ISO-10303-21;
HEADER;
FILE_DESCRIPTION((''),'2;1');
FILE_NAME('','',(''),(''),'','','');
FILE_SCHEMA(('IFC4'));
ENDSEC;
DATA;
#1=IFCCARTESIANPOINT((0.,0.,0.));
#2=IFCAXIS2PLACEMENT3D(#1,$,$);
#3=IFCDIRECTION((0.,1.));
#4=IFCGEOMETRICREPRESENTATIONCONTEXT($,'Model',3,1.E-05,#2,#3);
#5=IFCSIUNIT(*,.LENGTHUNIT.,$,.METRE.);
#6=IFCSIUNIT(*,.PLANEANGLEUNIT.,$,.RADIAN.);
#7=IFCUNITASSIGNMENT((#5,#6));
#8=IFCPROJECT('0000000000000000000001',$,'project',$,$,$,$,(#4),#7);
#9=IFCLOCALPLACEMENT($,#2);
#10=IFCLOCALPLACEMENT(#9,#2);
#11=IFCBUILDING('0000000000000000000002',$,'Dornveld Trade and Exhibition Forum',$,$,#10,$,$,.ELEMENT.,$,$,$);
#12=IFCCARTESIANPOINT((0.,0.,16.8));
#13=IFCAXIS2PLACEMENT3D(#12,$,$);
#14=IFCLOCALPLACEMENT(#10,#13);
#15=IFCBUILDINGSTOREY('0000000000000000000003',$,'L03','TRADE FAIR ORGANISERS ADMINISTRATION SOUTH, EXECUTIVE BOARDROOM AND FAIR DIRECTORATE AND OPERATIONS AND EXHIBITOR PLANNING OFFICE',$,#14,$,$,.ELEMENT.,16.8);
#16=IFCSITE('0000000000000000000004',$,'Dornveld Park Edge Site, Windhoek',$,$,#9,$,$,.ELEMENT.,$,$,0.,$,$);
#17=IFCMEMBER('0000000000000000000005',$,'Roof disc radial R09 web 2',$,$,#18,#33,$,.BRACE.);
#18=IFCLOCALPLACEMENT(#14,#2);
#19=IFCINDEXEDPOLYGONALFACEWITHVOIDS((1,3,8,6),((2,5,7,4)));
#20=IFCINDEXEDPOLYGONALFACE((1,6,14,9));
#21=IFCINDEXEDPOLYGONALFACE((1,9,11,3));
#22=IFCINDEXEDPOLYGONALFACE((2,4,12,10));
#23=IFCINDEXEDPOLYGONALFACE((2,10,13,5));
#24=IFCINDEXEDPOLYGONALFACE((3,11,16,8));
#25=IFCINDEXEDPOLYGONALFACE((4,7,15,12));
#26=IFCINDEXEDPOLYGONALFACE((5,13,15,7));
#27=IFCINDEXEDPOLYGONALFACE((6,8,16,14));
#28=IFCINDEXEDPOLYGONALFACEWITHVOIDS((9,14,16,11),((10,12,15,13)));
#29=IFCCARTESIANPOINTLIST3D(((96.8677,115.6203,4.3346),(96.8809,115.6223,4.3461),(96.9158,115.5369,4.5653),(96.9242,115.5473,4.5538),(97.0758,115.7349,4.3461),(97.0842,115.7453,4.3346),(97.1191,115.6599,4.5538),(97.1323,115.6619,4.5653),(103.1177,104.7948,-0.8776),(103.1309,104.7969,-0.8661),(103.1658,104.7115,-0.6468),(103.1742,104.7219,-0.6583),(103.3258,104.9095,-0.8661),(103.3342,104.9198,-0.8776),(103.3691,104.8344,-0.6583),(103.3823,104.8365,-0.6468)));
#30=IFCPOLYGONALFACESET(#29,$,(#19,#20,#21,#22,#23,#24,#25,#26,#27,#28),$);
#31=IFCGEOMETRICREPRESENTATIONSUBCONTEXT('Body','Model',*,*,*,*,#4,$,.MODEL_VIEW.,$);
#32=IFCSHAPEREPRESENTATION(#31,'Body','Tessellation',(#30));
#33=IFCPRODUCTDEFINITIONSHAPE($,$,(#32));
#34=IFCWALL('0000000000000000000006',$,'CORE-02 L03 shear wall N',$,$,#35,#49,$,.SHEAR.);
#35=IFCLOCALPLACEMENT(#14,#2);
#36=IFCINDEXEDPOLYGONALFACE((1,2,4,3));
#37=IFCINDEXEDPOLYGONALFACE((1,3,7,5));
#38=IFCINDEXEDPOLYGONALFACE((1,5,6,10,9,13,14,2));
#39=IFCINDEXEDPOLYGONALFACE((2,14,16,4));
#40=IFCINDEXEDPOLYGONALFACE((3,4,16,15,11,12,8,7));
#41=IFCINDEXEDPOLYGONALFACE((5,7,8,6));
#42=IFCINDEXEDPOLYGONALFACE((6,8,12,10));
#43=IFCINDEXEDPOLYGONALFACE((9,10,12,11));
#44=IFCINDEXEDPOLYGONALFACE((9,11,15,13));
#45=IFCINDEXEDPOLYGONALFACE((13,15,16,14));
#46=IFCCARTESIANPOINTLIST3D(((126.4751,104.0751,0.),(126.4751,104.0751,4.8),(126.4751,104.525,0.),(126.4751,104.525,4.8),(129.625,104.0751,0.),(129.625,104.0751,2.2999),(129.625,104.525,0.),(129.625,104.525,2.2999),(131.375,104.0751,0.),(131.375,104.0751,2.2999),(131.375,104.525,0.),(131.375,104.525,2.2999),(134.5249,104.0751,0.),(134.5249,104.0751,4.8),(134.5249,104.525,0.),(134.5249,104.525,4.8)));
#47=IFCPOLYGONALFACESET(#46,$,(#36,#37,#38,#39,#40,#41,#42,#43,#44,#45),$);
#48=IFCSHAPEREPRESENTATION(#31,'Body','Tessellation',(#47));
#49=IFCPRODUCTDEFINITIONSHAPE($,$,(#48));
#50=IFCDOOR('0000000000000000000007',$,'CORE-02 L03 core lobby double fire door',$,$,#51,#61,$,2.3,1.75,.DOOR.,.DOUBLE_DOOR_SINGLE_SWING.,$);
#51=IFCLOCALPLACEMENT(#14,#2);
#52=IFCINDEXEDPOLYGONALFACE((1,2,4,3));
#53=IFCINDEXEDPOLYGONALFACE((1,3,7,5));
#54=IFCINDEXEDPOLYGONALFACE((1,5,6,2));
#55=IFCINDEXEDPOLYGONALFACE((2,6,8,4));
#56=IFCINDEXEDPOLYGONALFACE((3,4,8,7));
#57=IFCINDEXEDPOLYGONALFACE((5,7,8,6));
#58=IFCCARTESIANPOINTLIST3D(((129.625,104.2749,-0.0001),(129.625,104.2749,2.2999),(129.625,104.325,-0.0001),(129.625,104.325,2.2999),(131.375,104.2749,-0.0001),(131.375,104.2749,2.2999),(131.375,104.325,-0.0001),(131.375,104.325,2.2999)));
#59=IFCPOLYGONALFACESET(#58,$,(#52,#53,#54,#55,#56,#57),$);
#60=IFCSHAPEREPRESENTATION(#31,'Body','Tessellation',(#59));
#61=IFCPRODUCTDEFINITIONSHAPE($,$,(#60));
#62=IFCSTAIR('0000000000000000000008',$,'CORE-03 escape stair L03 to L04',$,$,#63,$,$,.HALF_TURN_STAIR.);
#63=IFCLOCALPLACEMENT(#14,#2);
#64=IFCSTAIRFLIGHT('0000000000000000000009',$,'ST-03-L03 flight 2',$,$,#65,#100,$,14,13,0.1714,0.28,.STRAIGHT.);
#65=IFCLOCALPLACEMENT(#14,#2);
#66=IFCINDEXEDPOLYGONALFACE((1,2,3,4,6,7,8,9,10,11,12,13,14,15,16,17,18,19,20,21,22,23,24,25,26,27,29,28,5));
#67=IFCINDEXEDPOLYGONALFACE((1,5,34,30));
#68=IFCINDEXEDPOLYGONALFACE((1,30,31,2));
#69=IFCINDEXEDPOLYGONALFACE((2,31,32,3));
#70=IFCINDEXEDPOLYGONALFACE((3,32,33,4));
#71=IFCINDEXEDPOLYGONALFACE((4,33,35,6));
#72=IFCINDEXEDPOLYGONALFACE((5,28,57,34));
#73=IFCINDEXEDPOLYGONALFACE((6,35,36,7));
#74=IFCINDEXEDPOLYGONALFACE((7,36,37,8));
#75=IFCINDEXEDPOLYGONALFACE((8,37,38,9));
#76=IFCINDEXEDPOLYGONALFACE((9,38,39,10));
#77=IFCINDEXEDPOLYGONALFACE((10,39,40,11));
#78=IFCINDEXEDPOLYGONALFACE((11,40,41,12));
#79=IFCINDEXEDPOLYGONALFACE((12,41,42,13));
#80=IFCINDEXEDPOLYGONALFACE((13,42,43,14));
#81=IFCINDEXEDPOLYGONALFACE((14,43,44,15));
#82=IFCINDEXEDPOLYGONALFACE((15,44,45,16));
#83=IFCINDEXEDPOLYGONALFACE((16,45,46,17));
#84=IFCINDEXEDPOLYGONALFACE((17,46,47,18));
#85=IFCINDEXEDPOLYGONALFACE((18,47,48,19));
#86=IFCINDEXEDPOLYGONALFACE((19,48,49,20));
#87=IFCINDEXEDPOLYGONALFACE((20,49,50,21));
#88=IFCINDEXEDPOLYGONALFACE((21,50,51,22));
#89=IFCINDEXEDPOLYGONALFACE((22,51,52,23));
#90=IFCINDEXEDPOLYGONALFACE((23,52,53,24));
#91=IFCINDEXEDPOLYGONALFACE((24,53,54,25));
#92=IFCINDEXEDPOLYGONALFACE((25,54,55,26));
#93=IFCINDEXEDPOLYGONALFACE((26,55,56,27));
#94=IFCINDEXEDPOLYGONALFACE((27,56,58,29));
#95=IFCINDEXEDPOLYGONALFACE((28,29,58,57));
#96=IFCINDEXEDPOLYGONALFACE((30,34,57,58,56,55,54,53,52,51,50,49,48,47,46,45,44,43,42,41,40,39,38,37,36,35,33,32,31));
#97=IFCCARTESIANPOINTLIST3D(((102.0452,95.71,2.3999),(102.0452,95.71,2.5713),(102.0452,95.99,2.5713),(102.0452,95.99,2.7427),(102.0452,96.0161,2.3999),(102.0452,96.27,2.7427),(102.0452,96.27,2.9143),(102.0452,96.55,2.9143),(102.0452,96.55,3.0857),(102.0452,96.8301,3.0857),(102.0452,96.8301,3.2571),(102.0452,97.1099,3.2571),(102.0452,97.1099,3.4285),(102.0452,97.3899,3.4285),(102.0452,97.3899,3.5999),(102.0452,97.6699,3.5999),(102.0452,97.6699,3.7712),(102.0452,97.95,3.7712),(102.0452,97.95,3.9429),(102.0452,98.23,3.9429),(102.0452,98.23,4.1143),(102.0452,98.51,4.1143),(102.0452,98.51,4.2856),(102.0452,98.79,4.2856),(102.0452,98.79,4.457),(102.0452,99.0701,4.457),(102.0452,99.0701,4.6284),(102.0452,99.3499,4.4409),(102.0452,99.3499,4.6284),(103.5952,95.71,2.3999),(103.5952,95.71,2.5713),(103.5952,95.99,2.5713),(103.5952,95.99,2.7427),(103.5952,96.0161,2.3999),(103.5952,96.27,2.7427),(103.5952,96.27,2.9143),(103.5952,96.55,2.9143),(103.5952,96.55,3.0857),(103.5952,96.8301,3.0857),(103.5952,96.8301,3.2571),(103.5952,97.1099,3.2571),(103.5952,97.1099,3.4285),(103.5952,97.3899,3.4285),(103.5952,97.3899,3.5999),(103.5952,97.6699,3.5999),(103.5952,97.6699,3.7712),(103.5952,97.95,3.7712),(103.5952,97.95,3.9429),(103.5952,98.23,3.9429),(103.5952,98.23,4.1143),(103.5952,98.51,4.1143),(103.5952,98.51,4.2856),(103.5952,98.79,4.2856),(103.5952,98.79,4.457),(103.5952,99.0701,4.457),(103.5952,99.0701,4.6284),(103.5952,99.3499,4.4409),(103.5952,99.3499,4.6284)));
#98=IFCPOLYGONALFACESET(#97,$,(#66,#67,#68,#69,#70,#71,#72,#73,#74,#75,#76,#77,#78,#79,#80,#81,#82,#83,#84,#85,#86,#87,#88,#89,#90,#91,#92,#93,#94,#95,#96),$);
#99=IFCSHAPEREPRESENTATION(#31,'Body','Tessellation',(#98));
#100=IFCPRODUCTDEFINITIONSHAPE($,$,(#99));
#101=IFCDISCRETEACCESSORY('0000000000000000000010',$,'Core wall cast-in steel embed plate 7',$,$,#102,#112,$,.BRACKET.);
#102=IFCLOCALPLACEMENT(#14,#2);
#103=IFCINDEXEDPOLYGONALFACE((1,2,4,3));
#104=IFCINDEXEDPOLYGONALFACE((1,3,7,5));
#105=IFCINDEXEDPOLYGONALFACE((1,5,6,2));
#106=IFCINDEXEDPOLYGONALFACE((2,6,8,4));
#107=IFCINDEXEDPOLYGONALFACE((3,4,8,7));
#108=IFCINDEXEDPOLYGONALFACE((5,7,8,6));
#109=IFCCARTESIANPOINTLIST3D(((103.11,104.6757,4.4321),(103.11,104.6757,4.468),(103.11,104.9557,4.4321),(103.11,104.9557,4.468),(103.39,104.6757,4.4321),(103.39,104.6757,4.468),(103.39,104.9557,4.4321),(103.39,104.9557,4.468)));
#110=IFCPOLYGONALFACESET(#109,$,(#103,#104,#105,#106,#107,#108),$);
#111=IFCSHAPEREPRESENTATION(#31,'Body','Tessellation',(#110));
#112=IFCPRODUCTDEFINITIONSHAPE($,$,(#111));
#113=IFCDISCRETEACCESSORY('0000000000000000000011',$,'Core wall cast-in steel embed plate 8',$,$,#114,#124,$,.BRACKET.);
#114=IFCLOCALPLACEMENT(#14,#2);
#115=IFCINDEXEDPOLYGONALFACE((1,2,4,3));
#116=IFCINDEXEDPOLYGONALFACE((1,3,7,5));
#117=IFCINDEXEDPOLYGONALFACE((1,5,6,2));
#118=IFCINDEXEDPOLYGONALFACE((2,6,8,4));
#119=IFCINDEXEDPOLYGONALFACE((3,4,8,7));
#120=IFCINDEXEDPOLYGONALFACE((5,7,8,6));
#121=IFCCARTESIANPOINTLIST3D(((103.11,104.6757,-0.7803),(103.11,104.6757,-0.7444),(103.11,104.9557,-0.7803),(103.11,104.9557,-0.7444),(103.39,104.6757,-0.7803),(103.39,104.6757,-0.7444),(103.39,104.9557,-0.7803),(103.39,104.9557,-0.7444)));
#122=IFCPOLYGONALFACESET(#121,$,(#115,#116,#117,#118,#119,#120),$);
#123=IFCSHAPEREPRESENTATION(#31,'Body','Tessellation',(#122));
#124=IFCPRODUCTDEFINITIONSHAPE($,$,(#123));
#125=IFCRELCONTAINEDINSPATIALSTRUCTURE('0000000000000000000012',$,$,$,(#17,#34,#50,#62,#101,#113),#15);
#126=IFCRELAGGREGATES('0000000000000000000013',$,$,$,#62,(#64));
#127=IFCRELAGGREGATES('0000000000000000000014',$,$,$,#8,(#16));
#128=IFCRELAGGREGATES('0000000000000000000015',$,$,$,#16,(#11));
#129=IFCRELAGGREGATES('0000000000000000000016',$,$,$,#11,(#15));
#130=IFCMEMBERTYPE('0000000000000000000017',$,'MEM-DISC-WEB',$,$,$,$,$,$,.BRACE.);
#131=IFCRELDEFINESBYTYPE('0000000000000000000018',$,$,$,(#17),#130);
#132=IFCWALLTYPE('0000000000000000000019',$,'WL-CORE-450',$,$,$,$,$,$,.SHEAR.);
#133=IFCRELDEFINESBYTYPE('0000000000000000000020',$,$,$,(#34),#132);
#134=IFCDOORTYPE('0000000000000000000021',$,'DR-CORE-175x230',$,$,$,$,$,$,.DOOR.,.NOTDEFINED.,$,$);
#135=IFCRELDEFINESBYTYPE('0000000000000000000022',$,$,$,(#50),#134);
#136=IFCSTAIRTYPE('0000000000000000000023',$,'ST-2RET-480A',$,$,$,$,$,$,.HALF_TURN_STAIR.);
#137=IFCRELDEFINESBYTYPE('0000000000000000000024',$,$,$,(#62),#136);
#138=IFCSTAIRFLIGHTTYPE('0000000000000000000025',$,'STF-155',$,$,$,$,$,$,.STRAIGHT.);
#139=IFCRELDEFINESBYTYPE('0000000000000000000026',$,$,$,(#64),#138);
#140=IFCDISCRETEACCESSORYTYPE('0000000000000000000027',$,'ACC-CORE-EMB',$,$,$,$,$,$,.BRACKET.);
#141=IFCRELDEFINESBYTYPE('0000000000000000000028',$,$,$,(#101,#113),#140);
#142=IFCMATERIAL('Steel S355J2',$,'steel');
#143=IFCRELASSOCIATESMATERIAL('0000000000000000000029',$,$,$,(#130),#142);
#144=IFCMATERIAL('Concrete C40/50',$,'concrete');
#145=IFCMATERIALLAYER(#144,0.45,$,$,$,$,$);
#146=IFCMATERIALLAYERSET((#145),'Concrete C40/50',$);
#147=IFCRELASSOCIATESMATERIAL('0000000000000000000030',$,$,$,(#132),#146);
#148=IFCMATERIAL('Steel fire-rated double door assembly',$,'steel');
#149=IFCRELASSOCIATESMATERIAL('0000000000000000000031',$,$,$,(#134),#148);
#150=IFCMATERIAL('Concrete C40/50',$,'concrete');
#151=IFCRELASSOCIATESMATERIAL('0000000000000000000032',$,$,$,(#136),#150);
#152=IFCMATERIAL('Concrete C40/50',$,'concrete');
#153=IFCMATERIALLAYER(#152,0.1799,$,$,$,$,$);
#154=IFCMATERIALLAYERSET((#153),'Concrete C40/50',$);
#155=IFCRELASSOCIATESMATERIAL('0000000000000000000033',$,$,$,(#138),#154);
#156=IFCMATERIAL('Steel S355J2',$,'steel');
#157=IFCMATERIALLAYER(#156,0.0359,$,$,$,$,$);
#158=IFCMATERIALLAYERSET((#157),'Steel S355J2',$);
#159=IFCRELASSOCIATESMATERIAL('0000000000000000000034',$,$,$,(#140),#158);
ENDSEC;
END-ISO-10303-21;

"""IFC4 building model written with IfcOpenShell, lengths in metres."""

from ifc_helpers import new_model, si_unit, direction, frame, frame_2d, origin, origin_2d, place, context, subcontext, project, spatial, polyline, rectangle, hollow_rectangle, outline, extrude, material, layer, layer_set, material_profile, profile_set, type_object, element, fill, aggregate, save


model = new_model("IFC4")

# Units and contexts
model_context = context("Model", 3, precision=1e-05, world=origin(), true_north=direction((0.0, 1.0)))
body_context = subcontext(model_context, "Body", "Model", "MODEL_VIEW")
ifc_project = project(units=[si_unit("LENGTHUNIT", "METRE"), si_unit("PLANEANGLEUNIT", "RADIAN")], contexts=[model_context])

# Site, building, storey
site_placement = place(None, origin())
site = spatial("IfcSite", under=ifc_project, at=site_placement, Name="Dornveld Park Edge Site, Windhoek", CompositionType="ELEMENT", RefElevation=0.0)
building_placement = place(site_placement, origin())
building = spatial("IfcBuilding", under=site, at=building_placement, Name="Dornveld Trade and Exhibition Forum", CompositionType="ELEMENT")
storey_placement = place(building_placement, frame((0.0, 0.0, 16.8)))
storey = spatial("IfcBuildingStorey", under=building, at=storey_placement, Name="L03", Description="TRADE FAIR ORGANISERS ADMINISTRATION SOUTH, EXECUTIVE BOARDROOM AND FAIR DIRECTORATE AND OPERATIONS AND EXHIBITOR PLANNING OFFICE", CompositionType="ELEMENT", Elevation=16.8)

# Member
ifc_material_1 = material(Name="Steel S355J2", Category="steel")
ifc_material_profile_1 = material_profile(ifc_material_1, hollow_rectangle(XDim=0.25, YDim=0.25, WallThickness=0.0125, at=origin_2d()), Name="SHS 250x250x12.5")
ifc_profile_set_1 = profile_set([ifc_material_profile_1], Name="Steel S355J2")
member_type_1 = type_object("IfcMemberType", Name="MEM-DISC-WEB", PredefinedType="BRACE", material=ifc_profile_set_1)
member_1_placement = place(storey_placement, frame((103.25, 104.8157, -0.7622), z_axis=(-0.461485, 0.799324, 0.384853), x_axis=(-0.866028, -0.499996, 0.0)))
element("IfcMember", 1, at=member_1_placement, inside=storey, type_object=member_type_1, Name="Roof disc radial R09 web 2", PredefinedType="BRACE", context=body_context, shape_type="SweptSolid", body=[
    extrude(hollow_rectangle(XDim=0.25, YDim=0.25, WallThickness=0.0125, at=origin_2d()), origin(), (0.0, 0.0, 1.0), 13.5432),
])

# Wall, opening, door
ifc_material_2 = material(Name="Concrete C40/50", Category="concrete")
ifc_layer_1 = layer(ifc_material_2, 0.45)
ifc_layer_set_1 = layer_set([ifc_layer_1], Name="Concrete C40/50")
wall_type = type_object("IfcWallType", Name="WL-CORE-450", PredefinedType="SHEAR", material=ifc_layer_set_1)
wall_placement = place(storey_placement, frame((126.4751, 104.3, 0.0), z_axis=(0.0, 0.0, 1.0), x_axis=(1.0, 0.0, 0.0)))
wall = element("IfcWall", 2, at=wall_placement, inside=storey, type_object=wall_type, Name="CORE-02 L03 shear wall N", PredefinedType="SHEAR", context=body_context, shape_type="SweptSolid", body=[
    extrude(rectangle(XDim=8.0498, YDim=0.45, at=frame_2d((4.0249, 0.0))), origin(), (0.0, 0.0, 1.0), 4.8),
])
opening_placement = place(wall_placement, frame((3.1499, 0.0, 0.0)))
opening = element("IfcOpeningElement", 3, at=opening_placement, cuts=wall, PredefinedType="OPENING", context=body_context, shape_type="SweptSolid", body=[
    extrude(rectangle(XDim=1.75, YDim=2.3, at=frame_2d((0.875, 1.1499))), frame((0.0, 0.2349, 0.0), z_axis=(0.0, -1.0, 0.0), x_axis=(1.0, 0.0, 0.0)), (0.0, 0.0, 1.0), 0.47),
])
ifc_material_3 = material(Name="Steel fire-rated double door assembly", Category="steel")
door_type = type_object("IfcDoorType", Name="DR-CORE-175x230", OperationType="NOTDEFINED", PredefinedType="DOOR", material=ifc_material_3)
door_placement = place(opening_placement, origin())
door = element("IfcDoor", 4, at=door_placement, inside=storey, type_object=door_type, Name="CORE-02 L03 core lobby double fire door", OperationType="DOUBLE_DOOR_SINGLE_SWING", OverallHeight=2.3, OverallWidth=1.75, PredefinedType="DOOR", context=body_context, shape_type="SweptSolid", body=[
    extrude(rectangle(XDim=1.75, YDim=2.3, at=frame_2d((0.875, 1.1499))), frame((0.0, 0.0249, 0.0), z_axis=(0.0, -1.0, 0.0), x_axis=(1.0, 0.0, 0.0)), (0.0, 0.0, 1.0), 0.05),
])
fill(opening, door)

# Stair, stair flight
ifc_material_4 = material(Name="Concrete C40/50", Category="concrete")
stair_type = type_object("IfcStairType", Name="ST-2RET-480A", PredefinedType="HALF_TURN_STAIR", material=ifc_material_4)
stair_placement = place(storey_placement, origin())
stair = element("IfcStair", 5, at=stair_placement, inside=storey, type_object=stair_type, Name="CORE-03 escape stair L03 to L04", PredefinedType="HALF_TURN_STAIR")
ifc_material_5 = material(Name="Concrete C40/50", Category="concrete")
ifc_layer_2 = layer(ifc_material_5, 0.1799)
ifc_layer_set_2 = layer_set([ifc_layer_2], Name="Concrete C40/50")
stair_flight_type = type_object("IfcStairFlightType", Name="STF-155", PredefinedType="STRAIGHT", material=ifc_layer_set_2)
stair_flight_placement = place(storey_placement, frame((102.8201, 95.71, 2.3999), z_axis=(0.0, 0.0, 1.0), x_axis=(0.0, 1.0, 0.0)))
stair_flight = element("IfcStairFlight", 6, at=stair_flight_placement, type_object=stair_flight_type, Name="ST-03-L03 flight 2", NumberOfRisers=14, NumberOfTreads=13, PredefinedType="STRAIGHT", RiserHeight=0.1714, TreadLength=0.28, context=body_context, shape_type="SweptSolid", body=[
    extrude(outline(polyline([(0.0, 0.0), (0.0, 0.1714), (0.28, 0.1714), (0.28, 0.3428), (0.5601, 0.3428), (0.5601, 0.5144), (0.8401, 0.5144), (0.8401, 0.6858), (1.1201, 0.6858), (1.1201, 0.8572), (1.3999, 0.8572), (1.3999, 1.0286), (1.6799, 1.0286), (1.6799, 1.2), (1.96, 1.2), (1.96, 1.3713), (2.24, 1.3713), (2.24, 1.543), (2.52, 1.543), (2.52, 1.7144), (2.8, 1.7144), (2.8, 1.8857), (3.0801, 1.8857), (3.0801, 2.0571), (3.3601, 2.0571), (3.3601, 2.2285), (3.6399, 2.2285), (3.6399, 2.3999), (3.6399, 2.041), (0.3062, 0.0), (0.0, 0.0)])), frame((0.0, 0.7749, 0.0), z_axis=(0.0, -1.0, 0.0), x_axis=(1.0, 0.0, 0.0)), (0.0, 0.0, 1.0), 1.55),
])
aggregate(stair, [stair_flight])

# Discrete accessories
ifc_material_6 = material(Name="Steel S355J2", Category="steel")
ifc_layer_3 = layer(ifc_material_6, 0.0359)
ifc_layer_set_3 = layer_set([ifc_layer_3], Name="Steel S355J2")
discrete_accessory_type = type_object("IfcDiscreteAccessoryType", Name="ACC-CORE-EMB", PredefinedType="BRACKET", material=ifc_layer_set_3)
for number, where, z_axis, x_axis, name in (
    (7, (103.25, 104.8157, 4.4321), (0.0, 0.0, 1.0), (1.0, 0.0, 0.0), "Core wall cast-in steel embed plate 7"),
    (8, (103.25, 104.8157, -0.7803), (0.0, 0.0, 1.0), (1.0, 0.0, 0.0), "Core wall cast-in steel embed plate 8"),
):
    element("IfcDiscreteAccessory", number, at=place(storey_placement, frame(where, z_axis=z_axis, x_axis=x_axis)), inside=storey, type_object=discrete_accessory_type, Name=name, PredefinedType="BRACKET", context=body_context, shape_type="SweptSolid", body=[
        extrude(rectangle(XDim=0.28, YDim=0.28, at=origin_2d()), origin(), (0.0, 0.0, 1.0), 0.0359),
    ])

save(model, "model.ifc")
